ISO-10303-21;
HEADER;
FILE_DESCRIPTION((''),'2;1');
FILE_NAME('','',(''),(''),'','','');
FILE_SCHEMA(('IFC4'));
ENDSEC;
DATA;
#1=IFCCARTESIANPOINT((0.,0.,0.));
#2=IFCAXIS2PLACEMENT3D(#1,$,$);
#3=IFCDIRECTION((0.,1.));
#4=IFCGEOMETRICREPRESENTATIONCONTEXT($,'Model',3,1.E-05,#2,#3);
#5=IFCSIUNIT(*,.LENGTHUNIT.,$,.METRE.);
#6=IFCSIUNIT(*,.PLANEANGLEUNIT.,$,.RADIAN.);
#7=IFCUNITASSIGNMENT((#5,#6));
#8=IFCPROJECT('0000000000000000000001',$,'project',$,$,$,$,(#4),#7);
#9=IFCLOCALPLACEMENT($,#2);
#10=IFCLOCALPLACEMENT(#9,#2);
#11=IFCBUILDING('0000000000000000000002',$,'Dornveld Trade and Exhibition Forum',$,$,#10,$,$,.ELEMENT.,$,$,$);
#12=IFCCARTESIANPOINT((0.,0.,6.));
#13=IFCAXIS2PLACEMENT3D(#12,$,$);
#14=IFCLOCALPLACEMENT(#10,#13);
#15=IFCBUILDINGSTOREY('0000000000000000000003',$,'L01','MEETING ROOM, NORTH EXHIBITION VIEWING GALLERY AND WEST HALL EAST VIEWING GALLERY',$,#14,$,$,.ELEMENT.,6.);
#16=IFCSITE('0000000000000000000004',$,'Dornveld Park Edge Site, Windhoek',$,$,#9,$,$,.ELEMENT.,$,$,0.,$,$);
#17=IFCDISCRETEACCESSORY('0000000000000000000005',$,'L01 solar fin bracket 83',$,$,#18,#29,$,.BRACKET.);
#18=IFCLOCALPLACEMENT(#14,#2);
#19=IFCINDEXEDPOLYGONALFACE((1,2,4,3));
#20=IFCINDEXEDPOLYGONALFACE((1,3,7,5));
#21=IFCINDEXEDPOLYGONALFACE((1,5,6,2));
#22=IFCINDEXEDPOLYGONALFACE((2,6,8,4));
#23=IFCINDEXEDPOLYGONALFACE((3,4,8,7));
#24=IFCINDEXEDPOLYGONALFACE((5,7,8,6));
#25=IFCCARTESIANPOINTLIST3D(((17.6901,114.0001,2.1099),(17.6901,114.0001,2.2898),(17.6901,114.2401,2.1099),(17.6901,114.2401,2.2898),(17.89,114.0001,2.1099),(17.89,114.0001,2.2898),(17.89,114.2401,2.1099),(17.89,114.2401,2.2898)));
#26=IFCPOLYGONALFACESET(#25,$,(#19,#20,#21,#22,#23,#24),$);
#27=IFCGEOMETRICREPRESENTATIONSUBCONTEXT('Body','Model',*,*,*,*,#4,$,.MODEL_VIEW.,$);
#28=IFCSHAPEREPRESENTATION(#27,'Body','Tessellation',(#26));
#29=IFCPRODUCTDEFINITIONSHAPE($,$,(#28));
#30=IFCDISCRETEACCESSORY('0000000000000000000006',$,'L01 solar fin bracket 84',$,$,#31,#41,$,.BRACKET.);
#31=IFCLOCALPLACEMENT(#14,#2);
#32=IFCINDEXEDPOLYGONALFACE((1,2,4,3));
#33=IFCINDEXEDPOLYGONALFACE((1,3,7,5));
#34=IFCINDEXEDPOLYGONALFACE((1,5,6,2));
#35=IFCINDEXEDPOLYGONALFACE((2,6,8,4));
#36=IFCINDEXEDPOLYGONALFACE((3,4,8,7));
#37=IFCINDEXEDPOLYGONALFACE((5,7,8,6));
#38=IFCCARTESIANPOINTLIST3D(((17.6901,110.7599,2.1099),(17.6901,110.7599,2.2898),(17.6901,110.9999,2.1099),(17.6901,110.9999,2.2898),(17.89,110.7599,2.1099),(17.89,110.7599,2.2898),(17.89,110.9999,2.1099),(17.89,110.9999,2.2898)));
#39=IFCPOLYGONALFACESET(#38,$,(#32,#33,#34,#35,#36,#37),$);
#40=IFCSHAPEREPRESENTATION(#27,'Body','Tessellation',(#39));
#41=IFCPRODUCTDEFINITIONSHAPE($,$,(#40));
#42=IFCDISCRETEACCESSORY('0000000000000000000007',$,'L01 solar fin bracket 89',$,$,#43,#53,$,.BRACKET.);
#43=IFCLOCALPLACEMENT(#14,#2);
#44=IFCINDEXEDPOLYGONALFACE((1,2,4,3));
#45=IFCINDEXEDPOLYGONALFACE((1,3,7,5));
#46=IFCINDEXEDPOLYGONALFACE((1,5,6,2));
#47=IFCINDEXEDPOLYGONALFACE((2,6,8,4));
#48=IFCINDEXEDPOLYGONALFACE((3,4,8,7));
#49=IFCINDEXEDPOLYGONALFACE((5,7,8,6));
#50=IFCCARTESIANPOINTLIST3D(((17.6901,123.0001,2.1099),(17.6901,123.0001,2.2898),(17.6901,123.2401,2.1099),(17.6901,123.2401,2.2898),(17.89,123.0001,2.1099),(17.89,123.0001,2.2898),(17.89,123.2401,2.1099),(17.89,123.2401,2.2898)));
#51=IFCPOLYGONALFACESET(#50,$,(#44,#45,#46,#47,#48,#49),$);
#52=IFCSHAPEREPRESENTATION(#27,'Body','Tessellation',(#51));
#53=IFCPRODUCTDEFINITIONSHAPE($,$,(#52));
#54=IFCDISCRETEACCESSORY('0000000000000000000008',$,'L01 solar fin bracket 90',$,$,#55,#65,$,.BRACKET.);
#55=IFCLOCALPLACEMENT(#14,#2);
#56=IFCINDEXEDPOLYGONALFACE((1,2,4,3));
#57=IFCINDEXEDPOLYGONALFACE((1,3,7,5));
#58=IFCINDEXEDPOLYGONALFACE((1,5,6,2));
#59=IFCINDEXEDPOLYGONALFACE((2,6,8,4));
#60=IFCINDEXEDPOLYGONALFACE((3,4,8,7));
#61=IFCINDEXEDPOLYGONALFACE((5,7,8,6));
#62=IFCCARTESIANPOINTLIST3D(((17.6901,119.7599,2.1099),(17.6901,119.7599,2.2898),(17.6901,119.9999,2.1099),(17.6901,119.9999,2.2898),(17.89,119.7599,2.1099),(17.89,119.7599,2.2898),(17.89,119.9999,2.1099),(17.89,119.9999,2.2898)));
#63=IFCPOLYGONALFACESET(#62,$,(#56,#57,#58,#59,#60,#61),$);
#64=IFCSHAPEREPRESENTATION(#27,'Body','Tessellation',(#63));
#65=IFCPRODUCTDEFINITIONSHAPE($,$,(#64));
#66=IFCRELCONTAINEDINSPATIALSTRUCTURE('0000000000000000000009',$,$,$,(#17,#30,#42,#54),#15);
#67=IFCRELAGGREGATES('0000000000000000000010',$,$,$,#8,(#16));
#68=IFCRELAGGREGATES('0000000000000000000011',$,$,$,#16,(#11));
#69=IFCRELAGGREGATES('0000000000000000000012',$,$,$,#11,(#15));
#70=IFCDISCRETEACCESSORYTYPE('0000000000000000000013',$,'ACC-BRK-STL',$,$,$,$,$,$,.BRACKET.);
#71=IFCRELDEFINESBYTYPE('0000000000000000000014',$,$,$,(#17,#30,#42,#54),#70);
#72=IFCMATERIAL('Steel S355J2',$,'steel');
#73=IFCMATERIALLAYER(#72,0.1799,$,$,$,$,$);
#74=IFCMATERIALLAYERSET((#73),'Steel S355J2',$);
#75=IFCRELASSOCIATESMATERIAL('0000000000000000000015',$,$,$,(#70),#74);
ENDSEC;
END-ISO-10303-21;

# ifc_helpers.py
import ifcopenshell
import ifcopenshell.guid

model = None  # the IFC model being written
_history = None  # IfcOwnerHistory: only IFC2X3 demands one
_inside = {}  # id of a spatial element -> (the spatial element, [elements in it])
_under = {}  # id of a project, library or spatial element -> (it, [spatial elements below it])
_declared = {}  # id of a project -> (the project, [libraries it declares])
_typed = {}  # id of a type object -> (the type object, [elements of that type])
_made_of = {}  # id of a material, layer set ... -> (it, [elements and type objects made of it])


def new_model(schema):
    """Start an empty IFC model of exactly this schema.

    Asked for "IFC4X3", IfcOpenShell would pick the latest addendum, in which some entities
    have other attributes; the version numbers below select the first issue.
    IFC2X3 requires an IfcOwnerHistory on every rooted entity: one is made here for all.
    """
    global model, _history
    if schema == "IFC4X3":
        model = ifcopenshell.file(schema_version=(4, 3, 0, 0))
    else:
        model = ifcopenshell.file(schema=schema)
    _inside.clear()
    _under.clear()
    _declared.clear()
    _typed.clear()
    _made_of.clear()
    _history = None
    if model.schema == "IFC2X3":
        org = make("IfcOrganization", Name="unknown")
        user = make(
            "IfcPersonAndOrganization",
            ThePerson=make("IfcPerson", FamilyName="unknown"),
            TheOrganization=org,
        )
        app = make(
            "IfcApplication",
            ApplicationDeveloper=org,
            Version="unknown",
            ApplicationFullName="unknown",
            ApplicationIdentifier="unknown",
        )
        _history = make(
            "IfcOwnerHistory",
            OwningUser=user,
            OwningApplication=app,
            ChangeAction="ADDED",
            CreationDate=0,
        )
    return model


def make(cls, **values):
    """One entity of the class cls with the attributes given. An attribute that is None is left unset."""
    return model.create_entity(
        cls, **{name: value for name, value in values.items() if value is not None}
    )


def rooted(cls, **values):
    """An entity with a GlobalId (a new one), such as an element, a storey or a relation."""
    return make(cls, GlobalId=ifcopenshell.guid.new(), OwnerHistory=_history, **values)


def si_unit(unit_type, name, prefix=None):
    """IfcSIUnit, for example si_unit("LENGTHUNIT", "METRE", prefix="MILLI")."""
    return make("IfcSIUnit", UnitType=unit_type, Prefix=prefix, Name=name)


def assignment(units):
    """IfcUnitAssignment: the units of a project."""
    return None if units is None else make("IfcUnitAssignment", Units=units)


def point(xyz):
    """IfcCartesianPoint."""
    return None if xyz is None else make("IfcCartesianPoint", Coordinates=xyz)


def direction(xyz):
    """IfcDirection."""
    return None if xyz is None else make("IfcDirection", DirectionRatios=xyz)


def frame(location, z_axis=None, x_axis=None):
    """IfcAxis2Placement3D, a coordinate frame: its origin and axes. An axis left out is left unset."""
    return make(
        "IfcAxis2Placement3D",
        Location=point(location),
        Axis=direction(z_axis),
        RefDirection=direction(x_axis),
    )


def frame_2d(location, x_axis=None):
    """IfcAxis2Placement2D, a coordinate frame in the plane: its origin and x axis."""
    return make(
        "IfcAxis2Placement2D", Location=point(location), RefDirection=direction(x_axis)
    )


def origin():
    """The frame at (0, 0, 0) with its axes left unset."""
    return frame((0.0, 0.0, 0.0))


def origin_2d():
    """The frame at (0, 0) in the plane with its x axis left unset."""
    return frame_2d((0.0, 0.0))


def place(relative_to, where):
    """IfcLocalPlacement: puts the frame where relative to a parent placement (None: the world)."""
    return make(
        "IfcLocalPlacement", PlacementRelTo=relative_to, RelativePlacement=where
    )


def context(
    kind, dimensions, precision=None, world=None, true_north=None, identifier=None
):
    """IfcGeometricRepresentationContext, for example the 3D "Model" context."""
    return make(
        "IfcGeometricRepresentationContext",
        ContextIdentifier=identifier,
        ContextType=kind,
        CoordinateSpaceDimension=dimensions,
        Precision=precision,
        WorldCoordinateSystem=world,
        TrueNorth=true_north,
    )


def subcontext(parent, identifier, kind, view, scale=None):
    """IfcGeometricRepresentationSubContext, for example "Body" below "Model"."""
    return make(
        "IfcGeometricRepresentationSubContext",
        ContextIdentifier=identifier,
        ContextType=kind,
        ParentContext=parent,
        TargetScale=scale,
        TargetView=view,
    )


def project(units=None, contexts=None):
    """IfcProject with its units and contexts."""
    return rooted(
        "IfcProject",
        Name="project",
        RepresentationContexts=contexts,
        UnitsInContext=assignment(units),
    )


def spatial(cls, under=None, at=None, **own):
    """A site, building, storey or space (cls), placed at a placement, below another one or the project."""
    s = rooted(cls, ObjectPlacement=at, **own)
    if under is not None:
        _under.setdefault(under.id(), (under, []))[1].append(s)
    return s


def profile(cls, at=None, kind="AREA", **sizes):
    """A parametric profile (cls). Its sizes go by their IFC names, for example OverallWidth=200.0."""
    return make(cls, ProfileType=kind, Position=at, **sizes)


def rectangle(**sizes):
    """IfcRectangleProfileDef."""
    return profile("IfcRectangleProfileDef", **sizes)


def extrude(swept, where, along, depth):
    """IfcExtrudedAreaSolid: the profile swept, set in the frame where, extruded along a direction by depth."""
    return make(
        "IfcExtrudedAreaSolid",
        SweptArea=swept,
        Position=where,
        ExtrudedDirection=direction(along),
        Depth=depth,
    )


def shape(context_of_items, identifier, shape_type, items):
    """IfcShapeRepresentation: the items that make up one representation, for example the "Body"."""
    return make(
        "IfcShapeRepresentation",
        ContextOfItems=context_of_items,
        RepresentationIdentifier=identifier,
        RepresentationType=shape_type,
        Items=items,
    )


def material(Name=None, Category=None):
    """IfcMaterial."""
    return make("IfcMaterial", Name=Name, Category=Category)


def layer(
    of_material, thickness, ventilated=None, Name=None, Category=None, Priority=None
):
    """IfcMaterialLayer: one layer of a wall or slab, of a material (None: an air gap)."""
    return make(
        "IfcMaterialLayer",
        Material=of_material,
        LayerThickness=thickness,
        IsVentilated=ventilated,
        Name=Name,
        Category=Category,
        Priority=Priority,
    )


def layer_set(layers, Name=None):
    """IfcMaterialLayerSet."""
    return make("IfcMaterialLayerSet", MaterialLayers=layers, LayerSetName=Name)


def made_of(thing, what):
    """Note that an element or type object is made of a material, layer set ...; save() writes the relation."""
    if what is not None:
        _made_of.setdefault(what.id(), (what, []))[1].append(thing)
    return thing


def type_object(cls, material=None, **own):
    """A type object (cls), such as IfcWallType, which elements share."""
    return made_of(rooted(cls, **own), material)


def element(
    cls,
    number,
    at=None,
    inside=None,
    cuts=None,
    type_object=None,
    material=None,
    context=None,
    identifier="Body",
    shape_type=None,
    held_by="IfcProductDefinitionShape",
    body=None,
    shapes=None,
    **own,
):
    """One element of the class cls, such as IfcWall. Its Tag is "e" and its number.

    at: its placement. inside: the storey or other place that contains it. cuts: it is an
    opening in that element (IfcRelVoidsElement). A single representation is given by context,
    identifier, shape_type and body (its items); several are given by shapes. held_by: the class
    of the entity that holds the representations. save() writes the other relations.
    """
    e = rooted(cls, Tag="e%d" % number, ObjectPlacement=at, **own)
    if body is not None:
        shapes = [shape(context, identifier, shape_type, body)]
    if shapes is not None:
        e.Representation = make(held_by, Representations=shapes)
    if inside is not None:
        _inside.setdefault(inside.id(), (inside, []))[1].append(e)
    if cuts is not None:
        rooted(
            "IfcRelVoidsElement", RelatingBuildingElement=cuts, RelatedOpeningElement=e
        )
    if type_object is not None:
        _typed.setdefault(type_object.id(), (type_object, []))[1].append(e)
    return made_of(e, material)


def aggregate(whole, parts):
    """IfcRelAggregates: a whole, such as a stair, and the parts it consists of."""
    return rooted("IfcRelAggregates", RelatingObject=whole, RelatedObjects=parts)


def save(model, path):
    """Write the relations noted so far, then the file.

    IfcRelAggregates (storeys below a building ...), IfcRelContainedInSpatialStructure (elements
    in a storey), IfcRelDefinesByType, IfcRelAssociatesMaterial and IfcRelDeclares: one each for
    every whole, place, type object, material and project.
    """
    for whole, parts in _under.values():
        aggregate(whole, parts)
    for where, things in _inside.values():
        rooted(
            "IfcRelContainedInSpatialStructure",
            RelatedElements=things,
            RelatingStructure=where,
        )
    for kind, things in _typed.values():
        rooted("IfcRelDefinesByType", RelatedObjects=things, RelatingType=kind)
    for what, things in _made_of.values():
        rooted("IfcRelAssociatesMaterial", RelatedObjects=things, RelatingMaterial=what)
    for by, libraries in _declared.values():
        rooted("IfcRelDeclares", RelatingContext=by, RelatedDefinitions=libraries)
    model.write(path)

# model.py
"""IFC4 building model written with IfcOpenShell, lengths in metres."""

from ifc_helpers import new_model, si_unit, direction, frame, origin, origin_2d, place, context, subcontext, project, spatial, rectangle, extrude, material, layer, layer_set, type_object, element, save


model = new_model("IFC4")

# Units and contexts
model_context = context("Model", 3, precision=1e-05, world=origin(), true_north=direction((0.0, 1.0)))
body_context = subcontext(model_context, "Body", "Model", "MODEL_VIEW")
ifc_project = project(units=[si_unit("LENGTHUNIT", "METRE"), si_unit("PLANEANGLEUNIT", "RADIAN")], contexts=[model_context])

# Site, building, storey
site_placement = place(None, origin())
site = spatial("IfcSite", under=ifc_project, at=site_placement, Name="Dornveld Park Edge Site, Windhoek", CompositionType="ELEMENT", RefElevation=0.0)
building_placement = place(site_placement, origin())
building = spatial("IfcBuilding", under=site, at=building_placement, Name="Dornveld Trade and Exhibition Forum", CompositionType="ELEMENT")
storey_placement = place(building_placement, frame((0.0, 0.0, 6.0)))
storey = spatial("IfcBuildingStorey", under=building, at=storey_placement, Name="L01", Description="MEETING ROOM, NORTH EXHIBITION VIEWING GALLERY AND WEST HALL EAST VIEWING GALLERY", CompositionType="ELEMENT", Elevation=6.0)

# Discrete accessories
ifc_material_1 = material(Name="Steel S355J2", Category="steel")
ifc_layer_1 = layer(ifc_material_1, 0.1799)
ifc_layer_set_1 = layer_set([ifc_layer_1], Name="Steel S355J2")
discrete_accessory_type = type_object("IfcDiscreteAccessoryType", Name="ACC-BRK-STL", PredefinedType="BRACKET", material=ifc_layer_set_1)
for number, where, z_axis, x_axis, name in (
    (1, (17.79, 114.1201, 2.1099), (0.0, 0.0, 1.0), (0.0, -1.0, 0.0), "L01 solar fin bracket 83"),
    (2, (17.79, 110.8799, 2.1099), (0.0, 0.0, 1.0), (0.0, -1.0, 0.0), "L01 solar fin bracket 84"),
    (3, (17.79, 123.1201, 2.1099), (0.0, 0.0, 1.0), (0.0, -1.0, 0.0), "L01 solar fin bracket 89"),
    (4, (17.79, 119.8799, 2.1099), (0.0, 0.0, 1.0), (0.0, -1.0, 0.0), "L01 solar fin bracket 90"),
):
    element("IfcDiscreteAccessory", number, at=place(storey_placement, frame(where, z_axis=z_axis, x_axis=x_axis)), inside=storey, type_object=discrete_accessory_type, Name=name, PredefinedType="BRACKET", context=body_context, shape_type="SweptSolid", body=[
        extrude(rectangle(XDim=0.24, YDim=0.2, at=origin_2d()), origin(), (0.0, 0.0, 1.0), 0.1799),
    ])

save(model, "model.ifc")
